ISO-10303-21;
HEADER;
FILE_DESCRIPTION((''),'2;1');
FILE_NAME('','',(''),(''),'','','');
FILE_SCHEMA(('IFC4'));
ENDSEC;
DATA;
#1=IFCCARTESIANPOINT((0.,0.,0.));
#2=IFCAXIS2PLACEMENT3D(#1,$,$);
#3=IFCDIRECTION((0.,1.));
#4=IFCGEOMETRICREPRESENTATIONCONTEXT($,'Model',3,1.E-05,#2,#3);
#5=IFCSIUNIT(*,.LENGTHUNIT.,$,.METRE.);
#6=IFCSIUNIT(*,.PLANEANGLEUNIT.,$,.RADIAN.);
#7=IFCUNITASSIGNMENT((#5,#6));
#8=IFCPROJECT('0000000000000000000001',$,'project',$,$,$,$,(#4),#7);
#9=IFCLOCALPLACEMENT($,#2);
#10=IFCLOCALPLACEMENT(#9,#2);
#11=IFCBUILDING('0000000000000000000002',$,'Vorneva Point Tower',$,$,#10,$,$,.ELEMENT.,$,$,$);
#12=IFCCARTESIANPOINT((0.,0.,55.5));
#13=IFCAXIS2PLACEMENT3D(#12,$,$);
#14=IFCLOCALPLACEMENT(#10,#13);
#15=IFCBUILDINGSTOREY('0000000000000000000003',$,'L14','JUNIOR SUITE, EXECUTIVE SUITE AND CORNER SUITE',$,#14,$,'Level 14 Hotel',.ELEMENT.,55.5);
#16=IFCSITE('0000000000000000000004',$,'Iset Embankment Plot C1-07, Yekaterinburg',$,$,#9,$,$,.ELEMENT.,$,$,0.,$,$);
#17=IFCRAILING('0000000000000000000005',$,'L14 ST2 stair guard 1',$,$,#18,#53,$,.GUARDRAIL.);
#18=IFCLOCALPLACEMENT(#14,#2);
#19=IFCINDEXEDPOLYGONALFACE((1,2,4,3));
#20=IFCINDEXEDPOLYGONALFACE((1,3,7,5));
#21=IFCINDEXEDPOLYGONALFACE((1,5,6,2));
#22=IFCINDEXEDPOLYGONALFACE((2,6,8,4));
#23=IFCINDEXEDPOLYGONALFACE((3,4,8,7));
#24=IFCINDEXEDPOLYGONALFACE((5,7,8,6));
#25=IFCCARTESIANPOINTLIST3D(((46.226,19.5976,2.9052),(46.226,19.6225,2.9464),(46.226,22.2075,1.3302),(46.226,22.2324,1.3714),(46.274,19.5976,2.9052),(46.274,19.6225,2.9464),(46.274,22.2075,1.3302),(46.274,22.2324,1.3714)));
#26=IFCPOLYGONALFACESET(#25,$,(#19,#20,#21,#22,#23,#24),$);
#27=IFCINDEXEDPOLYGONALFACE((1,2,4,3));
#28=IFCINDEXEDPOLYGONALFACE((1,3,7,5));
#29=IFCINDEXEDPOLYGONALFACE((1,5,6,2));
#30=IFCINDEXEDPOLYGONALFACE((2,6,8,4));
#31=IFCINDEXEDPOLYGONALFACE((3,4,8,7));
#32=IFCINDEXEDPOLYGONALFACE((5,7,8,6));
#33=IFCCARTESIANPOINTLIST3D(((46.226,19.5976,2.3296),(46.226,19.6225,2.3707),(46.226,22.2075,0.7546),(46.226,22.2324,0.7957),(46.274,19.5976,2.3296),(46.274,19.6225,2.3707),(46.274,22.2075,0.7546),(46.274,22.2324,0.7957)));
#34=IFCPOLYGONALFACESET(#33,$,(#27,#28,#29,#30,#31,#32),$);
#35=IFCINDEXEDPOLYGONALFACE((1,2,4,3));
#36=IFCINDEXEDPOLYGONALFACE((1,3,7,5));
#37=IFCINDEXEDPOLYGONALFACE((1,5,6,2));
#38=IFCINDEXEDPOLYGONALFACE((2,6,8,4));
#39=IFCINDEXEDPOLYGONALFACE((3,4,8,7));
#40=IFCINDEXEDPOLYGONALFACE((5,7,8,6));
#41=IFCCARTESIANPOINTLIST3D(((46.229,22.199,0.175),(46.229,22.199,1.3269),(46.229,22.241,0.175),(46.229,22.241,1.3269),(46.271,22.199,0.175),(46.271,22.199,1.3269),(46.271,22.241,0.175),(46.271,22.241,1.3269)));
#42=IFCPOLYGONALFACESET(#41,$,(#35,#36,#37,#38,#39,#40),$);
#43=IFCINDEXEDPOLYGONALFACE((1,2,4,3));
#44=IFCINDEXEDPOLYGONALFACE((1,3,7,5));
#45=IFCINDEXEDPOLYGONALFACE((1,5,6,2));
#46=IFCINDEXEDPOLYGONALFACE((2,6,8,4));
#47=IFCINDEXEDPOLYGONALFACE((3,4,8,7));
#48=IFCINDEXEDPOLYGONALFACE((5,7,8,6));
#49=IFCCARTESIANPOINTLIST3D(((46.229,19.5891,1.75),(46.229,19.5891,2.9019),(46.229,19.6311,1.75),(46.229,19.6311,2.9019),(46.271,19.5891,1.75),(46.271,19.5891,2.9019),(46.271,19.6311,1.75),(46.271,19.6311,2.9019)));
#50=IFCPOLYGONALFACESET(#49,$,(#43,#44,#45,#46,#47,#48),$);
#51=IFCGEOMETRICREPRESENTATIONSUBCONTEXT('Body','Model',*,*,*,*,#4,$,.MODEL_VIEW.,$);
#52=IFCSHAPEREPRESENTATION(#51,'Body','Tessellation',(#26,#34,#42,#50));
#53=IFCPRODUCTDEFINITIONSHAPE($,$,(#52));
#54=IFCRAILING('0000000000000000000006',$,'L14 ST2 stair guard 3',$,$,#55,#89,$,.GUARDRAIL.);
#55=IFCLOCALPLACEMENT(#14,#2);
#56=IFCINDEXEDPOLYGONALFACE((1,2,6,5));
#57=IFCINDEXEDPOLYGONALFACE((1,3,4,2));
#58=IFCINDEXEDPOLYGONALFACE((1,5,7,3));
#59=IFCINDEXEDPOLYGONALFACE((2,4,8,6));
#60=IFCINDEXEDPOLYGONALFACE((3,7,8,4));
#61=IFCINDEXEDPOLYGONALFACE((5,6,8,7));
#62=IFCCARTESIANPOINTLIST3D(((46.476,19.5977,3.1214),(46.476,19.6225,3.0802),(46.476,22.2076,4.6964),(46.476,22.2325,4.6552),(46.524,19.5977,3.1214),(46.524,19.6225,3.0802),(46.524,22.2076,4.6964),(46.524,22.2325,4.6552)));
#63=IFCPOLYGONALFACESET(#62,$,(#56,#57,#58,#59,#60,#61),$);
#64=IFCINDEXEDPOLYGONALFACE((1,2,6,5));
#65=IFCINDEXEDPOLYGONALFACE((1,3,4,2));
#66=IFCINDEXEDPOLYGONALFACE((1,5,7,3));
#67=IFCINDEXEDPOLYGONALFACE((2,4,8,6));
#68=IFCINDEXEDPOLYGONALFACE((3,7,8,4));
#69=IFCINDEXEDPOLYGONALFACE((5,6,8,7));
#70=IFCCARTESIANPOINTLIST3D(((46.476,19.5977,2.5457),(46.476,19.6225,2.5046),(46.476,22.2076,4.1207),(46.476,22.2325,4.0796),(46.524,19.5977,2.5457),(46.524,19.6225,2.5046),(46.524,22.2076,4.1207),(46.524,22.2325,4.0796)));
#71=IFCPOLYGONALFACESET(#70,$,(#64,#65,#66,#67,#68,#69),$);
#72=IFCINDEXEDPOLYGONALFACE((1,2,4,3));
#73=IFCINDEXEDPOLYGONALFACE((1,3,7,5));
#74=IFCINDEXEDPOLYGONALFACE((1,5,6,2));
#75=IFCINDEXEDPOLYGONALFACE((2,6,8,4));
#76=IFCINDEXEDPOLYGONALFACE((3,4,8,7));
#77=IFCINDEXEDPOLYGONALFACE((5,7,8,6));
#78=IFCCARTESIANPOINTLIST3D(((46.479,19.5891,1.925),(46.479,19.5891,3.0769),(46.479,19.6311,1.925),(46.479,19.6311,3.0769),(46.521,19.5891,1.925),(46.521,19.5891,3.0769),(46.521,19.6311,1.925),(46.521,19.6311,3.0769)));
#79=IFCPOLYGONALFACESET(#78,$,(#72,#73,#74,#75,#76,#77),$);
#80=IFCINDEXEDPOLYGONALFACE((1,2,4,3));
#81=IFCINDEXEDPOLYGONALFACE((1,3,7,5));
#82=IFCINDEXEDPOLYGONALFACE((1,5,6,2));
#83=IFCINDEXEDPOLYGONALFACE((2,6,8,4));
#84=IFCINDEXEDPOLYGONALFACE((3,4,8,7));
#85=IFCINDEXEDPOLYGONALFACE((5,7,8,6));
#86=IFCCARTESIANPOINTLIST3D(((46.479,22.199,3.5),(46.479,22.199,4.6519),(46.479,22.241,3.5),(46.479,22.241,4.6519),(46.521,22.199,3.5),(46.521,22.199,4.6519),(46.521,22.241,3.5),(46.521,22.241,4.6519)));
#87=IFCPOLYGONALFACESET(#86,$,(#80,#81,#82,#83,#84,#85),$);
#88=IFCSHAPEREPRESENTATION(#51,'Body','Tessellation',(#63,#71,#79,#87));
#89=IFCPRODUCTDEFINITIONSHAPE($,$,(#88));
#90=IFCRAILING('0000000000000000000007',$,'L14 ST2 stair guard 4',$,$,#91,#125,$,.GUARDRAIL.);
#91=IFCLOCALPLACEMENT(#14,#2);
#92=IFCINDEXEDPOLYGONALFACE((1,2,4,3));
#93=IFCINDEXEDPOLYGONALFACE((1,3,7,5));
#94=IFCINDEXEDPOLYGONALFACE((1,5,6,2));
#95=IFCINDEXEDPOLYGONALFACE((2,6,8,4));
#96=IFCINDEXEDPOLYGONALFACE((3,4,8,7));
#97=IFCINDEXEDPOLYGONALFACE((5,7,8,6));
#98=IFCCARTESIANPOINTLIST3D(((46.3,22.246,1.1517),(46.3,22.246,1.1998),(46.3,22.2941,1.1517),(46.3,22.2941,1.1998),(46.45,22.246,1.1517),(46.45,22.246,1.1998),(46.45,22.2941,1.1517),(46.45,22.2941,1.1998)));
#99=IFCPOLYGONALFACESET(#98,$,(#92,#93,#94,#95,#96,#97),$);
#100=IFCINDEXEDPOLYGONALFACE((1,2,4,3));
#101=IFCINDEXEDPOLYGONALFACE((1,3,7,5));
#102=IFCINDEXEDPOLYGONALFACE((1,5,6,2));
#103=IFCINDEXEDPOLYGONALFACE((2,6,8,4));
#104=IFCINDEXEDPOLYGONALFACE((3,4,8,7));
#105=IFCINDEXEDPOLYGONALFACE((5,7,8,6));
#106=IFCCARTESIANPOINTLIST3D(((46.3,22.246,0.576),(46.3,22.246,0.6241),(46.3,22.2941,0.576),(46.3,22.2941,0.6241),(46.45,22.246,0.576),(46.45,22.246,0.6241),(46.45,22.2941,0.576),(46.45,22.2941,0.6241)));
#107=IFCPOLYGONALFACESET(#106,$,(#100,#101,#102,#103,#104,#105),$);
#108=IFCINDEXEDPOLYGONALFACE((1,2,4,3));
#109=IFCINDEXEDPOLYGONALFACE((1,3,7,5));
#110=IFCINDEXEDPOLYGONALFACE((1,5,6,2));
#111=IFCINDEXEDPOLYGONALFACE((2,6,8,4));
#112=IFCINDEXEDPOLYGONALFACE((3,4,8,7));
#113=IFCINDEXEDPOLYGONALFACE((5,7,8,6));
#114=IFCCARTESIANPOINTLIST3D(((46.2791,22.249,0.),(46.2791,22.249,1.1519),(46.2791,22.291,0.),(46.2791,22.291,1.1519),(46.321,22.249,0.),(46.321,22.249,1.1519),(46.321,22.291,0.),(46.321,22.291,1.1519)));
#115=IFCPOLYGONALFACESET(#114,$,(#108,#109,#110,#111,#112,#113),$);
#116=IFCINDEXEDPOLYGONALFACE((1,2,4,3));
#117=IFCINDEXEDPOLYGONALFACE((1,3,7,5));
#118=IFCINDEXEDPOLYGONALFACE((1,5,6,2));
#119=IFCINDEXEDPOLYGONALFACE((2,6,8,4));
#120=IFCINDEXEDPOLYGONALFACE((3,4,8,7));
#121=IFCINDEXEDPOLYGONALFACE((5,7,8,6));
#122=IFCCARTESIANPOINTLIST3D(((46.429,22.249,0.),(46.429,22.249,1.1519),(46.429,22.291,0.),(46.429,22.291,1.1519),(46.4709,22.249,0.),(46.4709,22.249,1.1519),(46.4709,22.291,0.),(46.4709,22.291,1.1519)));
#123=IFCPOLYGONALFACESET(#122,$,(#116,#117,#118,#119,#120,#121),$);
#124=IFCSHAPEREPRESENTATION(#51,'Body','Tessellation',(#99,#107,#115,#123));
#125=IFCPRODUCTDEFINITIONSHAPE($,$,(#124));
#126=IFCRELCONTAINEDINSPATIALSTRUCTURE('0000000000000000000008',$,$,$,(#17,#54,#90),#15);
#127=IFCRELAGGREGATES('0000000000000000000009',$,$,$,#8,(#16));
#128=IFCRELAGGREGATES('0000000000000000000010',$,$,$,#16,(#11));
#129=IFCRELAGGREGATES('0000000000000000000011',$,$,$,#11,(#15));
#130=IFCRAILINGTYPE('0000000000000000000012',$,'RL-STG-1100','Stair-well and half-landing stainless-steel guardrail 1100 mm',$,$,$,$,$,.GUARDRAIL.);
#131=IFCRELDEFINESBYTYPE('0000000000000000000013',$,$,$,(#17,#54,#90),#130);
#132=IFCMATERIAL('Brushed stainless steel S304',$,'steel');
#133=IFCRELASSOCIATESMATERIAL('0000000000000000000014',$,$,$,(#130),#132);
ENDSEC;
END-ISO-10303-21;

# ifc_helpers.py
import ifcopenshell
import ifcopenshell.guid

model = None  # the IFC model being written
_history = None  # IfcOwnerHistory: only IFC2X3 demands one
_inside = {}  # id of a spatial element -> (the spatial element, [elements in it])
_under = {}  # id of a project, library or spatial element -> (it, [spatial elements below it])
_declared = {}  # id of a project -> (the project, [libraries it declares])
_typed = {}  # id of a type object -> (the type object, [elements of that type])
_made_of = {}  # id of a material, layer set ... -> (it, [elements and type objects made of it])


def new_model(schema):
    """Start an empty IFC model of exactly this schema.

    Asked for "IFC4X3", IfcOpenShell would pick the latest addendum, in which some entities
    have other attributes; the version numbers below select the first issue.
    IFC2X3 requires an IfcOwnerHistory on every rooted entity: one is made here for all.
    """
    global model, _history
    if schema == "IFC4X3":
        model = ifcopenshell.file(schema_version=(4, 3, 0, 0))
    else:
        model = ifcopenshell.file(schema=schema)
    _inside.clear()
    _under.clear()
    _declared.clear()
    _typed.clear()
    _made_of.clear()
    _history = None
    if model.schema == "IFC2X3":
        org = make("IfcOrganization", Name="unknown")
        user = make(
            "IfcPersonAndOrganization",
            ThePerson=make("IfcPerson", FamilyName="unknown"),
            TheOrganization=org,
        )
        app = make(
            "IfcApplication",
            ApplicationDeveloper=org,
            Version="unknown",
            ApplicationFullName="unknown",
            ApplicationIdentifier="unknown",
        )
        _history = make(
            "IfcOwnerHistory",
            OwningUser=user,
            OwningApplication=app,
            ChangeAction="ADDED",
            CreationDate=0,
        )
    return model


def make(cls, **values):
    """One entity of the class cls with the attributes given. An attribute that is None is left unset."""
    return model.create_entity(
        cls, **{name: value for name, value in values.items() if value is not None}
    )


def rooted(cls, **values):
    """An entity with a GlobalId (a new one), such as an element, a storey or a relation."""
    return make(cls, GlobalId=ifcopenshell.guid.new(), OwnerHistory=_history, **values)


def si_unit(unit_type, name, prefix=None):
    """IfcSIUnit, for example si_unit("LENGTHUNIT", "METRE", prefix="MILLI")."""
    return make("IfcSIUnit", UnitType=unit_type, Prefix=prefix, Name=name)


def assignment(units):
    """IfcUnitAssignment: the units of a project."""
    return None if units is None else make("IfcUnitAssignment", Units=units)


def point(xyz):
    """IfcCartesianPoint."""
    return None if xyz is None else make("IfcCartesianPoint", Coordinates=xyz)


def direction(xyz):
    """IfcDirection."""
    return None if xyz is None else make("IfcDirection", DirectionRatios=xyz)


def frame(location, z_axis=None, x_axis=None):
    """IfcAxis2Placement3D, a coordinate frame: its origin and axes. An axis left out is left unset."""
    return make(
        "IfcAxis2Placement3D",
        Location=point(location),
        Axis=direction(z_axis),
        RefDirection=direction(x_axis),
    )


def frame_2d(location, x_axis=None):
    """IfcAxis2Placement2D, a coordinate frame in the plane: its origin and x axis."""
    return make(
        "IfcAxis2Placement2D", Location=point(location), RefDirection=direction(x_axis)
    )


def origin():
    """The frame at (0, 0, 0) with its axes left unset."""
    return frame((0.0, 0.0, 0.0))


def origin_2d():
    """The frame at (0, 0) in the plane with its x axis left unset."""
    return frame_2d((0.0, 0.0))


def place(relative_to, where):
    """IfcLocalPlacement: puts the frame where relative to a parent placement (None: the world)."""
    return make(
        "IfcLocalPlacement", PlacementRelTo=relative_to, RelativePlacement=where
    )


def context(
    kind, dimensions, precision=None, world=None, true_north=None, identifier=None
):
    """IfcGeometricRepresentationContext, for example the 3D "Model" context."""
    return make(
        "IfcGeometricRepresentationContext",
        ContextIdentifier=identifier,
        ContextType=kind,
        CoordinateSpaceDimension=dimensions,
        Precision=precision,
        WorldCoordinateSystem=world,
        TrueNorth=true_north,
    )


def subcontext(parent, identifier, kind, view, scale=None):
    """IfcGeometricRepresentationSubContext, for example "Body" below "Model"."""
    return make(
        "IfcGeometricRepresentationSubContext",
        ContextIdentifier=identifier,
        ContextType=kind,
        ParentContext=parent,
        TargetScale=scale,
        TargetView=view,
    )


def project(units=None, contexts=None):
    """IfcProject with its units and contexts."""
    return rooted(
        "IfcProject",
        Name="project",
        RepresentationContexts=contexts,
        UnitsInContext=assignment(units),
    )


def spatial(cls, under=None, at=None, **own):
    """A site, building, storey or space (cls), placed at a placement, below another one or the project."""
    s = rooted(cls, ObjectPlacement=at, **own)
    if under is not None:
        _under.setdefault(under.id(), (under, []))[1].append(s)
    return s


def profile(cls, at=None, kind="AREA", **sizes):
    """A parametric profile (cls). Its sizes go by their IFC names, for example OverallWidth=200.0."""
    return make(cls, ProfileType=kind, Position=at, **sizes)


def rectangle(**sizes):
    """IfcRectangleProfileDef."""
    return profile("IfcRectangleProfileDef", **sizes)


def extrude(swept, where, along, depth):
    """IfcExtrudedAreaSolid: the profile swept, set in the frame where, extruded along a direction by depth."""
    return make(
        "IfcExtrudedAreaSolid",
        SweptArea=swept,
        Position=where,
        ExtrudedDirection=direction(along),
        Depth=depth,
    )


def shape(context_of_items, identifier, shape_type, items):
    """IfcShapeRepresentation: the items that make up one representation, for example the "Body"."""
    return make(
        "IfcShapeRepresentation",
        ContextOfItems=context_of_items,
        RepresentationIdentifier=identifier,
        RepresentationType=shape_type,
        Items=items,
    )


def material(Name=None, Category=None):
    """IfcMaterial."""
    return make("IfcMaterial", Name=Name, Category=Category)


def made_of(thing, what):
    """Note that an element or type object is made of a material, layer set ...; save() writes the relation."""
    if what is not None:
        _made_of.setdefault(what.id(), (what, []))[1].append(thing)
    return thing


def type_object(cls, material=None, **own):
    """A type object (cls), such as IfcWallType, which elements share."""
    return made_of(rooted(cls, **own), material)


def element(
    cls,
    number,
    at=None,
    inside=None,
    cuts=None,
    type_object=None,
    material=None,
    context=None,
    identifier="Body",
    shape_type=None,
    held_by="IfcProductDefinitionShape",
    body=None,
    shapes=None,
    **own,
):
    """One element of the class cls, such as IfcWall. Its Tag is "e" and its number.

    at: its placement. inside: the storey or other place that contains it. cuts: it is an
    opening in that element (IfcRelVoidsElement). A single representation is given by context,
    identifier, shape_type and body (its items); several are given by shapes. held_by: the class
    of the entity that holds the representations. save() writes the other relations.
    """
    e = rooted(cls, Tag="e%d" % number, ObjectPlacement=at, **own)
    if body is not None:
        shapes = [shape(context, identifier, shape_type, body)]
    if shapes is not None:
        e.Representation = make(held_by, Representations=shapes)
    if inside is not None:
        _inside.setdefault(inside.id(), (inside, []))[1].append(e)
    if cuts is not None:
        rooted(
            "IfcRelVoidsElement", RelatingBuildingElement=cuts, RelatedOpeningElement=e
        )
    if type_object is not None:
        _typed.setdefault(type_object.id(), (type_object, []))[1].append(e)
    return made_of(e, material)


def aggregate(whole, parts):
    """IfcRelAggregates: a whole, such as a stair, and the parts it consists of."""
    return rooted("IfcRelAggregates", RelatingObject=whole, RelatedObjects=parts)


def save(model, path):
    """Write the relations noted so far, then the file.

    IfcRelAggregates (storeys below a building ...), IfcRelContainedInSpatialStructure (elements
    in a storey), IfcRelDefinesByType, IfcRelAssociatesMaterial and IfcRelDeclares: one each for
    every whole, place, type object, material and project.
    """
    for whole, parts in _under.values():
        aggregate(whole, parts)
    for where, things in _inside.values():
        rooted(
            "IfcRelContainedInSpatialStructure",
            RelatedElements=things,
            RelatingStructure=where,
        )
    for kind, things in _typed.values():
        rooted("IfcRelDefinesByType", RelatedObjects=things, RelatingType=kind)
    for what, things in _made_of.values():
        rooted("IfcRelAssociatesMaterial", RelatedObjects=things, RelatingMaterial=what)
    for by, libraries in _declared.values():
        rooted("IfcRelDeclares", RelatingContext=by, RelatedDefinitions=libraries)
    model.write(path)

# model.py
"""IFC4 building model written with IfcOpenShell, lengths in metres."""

from ifc_helpers import new_model, si_unit, direction, frame, origin, origin_2d, place, context, subcontext, project, spatial, rectangle, extrude, material, type_object, element, save


model = new_model("IFC4")

# Units and contexts
model_context = context("Model", 3, precision=1e-05, world=origin(), true_north=direction((0.0, 1.0)))
body_context = subcontext(model_context, "Body", "Model", "MODEL_VIEW")
ifc_project = project(units=[si_unit("LENGTHUNIT", "METRE"), si_unit("PLANEANGLEUNIT", "RADIAN")], contexts=[model_context])

# Site, building, storey
site_placement = place(None, origin())
site = spatial("IfcSite", under=ifc_project, at=site_placement, Name="Iset Embankment Plot C1-07, Yekaterinburg", CompositionType="ELEMENT", RefElevation=0.0)
building_placement = place(site_placement, origin())
building = spatial("IfcBuilding", under=site, at=building_placement, Name="Vorneva Point Tower", CompositionType="ELEMENT")
storey_placement = place(building_placement, frame((0.0, 0.0, 55.5)))
storey = spatial("IfcBuildingStorey", under=building, at=storey_placement, Name="L14", Description="JUNIOR SUITE, EXECUTIVE SUITE AND CORNER SUITE", LongName="Level 14 Hotel", CompositionType="ELEMENT", Elevation=55.5)

# Railings
ifc_material_1 = material(Name="Brushed stainless steel S304", Category="steel")
railing_type_1 = type_object("IfcRailingType", Name="RL-STG-1100", Description="Stair-well and half-landing stainless-steel guardrail 1100 mm", PredefinedType="GUARDRAIL", material=ifc_material_1)
railing_1_placement = place(storey_placement, frame((46.25, 22.22, 0.175)))
element("IfcRailing", 1, at=railing_1_placement, inside=storey, type_object=railing_type_1, Name="L14 ST2 stair guard 1", PredefinedType="GUARDRAIL", context=body_context, shape_type="SweptSolid", body=[
    extrude(rectangle(XDim=0.0481, YDim=0.0481, at=origin_2d()), frame((0.0, 0.0, 1.1758), z_axis=(0.0, -0.856183, 0.516673), x_axis=(1.0, 0.0, 0.0)), (0.0, 0.0, 1.0), 3.0483),
    extrude(rectangle(XDim=0.0481, YDim=0.0481, at=origin_2d()), frame((0.0, 0.0, 0.6001), z_axis=(0.0, -0.856183, 0.516673), x_axis=(1.0, 0.0, 0.0)), (0.0, 0.0, 1.0), 3.0483),
    extrude(rectangle(XDim=0.042, YDim=0.042, at=origin_2d()), origin(), (0.0, 0.0, 1.0), 1.1519),
    extrude(rectangle(XDim=0.042, YDim=0.042, at=origin_2d()), frame((0.0, -2.6099, 1.575)), (0.0, 0.0, 1.0), 1.1519),
])
railing_2_placement = place(storey_placement, frame((46.5, 19.6101, 1.925)))
element("IfcRailing", 2, at=railing_2_placement, inside=storey, type_object=railing_type_1, Name="L14 ST2 stair guard 3", PredefinedType="GUARDRAIL", context=body_context, shape_type="SweptSolid", body=[
    extrude(rectangle(XDim=0.0481, YDim=0.0481, at=origin_2d()), frame((0.0, 0.0, 1.1758), z_axis=(0.0, 0.856183, 0.516673), x_axis=(-1.0, 0.0, 0.0)), (0.0, 0.0, 1.0), 3.0483),
    extrude(rectangle(XDim=0.0481, YDim=0.0481, at=origin_2d()), frame((0.0, 0.0, 0.6001), z_axis=(0.0, 0.856183, 0.516673), x_axis=(-1.0, 0.0, 0.0)), (0.0, 0.0, 1.0), 3.0483),
    extrude(rectangle(XDim=0.042, YDim=0.042, at=origin_2d()), origin(), (0.0, 0.0, 1.0), 1.1519),
    extrude(rectangle(XDim=0.042, YDim=0.042, at=origin_2d()), frame((0.0, 2.6099, 1.575)), (0.0, 0.0, 1.0), 1.1519),
])
railing_3_placement = place(storey_placement, frame((46.3, 22.27, 0.0)))
element("IfcRailing", 3, at=railing_3_placement, inside=storey, type_object=railing_type_1, Name="L14 ST2 stair guard 4", PredefinedType="GUARDRAIL", context=body_context, shape_type="SweptSolid", body=[
    extrude(rectangle(XDim=0.0481, YDim=0.0481, at=origin_2d()), frame((0.0, 0.0, 1.1758), z_axis=(1.0, 0.0, 0.0), x_axis=(0.0, 1.0, 0.0)), (0.0, 0.0, 1.0), 0.1499),
    extrude(rectangle(XDim=0.0481, YDim=0.0481, at=origin_2d()), frame((0.0, 0.0, 0.6001), z_axis=(1.0, 0.0, 0.0), x_axis=(0.0, 1.0, 0.0)), (0.0, 0.0, 1.0), 0.1499),
    extrude(rectangle(XDim=0.042, YDim=0.042, at=origin_2d()), origin(), (0.0, 0.0, 1.0), 1.1519),
    extrude(rectangle(XDim=0.042, YDim=0.042, at=origin_2d()), frame((0.1499, 0.0, 0.0)), (0.0, 0.0, 1.0), 1.1519),
])

save(model, "model.ifc")
